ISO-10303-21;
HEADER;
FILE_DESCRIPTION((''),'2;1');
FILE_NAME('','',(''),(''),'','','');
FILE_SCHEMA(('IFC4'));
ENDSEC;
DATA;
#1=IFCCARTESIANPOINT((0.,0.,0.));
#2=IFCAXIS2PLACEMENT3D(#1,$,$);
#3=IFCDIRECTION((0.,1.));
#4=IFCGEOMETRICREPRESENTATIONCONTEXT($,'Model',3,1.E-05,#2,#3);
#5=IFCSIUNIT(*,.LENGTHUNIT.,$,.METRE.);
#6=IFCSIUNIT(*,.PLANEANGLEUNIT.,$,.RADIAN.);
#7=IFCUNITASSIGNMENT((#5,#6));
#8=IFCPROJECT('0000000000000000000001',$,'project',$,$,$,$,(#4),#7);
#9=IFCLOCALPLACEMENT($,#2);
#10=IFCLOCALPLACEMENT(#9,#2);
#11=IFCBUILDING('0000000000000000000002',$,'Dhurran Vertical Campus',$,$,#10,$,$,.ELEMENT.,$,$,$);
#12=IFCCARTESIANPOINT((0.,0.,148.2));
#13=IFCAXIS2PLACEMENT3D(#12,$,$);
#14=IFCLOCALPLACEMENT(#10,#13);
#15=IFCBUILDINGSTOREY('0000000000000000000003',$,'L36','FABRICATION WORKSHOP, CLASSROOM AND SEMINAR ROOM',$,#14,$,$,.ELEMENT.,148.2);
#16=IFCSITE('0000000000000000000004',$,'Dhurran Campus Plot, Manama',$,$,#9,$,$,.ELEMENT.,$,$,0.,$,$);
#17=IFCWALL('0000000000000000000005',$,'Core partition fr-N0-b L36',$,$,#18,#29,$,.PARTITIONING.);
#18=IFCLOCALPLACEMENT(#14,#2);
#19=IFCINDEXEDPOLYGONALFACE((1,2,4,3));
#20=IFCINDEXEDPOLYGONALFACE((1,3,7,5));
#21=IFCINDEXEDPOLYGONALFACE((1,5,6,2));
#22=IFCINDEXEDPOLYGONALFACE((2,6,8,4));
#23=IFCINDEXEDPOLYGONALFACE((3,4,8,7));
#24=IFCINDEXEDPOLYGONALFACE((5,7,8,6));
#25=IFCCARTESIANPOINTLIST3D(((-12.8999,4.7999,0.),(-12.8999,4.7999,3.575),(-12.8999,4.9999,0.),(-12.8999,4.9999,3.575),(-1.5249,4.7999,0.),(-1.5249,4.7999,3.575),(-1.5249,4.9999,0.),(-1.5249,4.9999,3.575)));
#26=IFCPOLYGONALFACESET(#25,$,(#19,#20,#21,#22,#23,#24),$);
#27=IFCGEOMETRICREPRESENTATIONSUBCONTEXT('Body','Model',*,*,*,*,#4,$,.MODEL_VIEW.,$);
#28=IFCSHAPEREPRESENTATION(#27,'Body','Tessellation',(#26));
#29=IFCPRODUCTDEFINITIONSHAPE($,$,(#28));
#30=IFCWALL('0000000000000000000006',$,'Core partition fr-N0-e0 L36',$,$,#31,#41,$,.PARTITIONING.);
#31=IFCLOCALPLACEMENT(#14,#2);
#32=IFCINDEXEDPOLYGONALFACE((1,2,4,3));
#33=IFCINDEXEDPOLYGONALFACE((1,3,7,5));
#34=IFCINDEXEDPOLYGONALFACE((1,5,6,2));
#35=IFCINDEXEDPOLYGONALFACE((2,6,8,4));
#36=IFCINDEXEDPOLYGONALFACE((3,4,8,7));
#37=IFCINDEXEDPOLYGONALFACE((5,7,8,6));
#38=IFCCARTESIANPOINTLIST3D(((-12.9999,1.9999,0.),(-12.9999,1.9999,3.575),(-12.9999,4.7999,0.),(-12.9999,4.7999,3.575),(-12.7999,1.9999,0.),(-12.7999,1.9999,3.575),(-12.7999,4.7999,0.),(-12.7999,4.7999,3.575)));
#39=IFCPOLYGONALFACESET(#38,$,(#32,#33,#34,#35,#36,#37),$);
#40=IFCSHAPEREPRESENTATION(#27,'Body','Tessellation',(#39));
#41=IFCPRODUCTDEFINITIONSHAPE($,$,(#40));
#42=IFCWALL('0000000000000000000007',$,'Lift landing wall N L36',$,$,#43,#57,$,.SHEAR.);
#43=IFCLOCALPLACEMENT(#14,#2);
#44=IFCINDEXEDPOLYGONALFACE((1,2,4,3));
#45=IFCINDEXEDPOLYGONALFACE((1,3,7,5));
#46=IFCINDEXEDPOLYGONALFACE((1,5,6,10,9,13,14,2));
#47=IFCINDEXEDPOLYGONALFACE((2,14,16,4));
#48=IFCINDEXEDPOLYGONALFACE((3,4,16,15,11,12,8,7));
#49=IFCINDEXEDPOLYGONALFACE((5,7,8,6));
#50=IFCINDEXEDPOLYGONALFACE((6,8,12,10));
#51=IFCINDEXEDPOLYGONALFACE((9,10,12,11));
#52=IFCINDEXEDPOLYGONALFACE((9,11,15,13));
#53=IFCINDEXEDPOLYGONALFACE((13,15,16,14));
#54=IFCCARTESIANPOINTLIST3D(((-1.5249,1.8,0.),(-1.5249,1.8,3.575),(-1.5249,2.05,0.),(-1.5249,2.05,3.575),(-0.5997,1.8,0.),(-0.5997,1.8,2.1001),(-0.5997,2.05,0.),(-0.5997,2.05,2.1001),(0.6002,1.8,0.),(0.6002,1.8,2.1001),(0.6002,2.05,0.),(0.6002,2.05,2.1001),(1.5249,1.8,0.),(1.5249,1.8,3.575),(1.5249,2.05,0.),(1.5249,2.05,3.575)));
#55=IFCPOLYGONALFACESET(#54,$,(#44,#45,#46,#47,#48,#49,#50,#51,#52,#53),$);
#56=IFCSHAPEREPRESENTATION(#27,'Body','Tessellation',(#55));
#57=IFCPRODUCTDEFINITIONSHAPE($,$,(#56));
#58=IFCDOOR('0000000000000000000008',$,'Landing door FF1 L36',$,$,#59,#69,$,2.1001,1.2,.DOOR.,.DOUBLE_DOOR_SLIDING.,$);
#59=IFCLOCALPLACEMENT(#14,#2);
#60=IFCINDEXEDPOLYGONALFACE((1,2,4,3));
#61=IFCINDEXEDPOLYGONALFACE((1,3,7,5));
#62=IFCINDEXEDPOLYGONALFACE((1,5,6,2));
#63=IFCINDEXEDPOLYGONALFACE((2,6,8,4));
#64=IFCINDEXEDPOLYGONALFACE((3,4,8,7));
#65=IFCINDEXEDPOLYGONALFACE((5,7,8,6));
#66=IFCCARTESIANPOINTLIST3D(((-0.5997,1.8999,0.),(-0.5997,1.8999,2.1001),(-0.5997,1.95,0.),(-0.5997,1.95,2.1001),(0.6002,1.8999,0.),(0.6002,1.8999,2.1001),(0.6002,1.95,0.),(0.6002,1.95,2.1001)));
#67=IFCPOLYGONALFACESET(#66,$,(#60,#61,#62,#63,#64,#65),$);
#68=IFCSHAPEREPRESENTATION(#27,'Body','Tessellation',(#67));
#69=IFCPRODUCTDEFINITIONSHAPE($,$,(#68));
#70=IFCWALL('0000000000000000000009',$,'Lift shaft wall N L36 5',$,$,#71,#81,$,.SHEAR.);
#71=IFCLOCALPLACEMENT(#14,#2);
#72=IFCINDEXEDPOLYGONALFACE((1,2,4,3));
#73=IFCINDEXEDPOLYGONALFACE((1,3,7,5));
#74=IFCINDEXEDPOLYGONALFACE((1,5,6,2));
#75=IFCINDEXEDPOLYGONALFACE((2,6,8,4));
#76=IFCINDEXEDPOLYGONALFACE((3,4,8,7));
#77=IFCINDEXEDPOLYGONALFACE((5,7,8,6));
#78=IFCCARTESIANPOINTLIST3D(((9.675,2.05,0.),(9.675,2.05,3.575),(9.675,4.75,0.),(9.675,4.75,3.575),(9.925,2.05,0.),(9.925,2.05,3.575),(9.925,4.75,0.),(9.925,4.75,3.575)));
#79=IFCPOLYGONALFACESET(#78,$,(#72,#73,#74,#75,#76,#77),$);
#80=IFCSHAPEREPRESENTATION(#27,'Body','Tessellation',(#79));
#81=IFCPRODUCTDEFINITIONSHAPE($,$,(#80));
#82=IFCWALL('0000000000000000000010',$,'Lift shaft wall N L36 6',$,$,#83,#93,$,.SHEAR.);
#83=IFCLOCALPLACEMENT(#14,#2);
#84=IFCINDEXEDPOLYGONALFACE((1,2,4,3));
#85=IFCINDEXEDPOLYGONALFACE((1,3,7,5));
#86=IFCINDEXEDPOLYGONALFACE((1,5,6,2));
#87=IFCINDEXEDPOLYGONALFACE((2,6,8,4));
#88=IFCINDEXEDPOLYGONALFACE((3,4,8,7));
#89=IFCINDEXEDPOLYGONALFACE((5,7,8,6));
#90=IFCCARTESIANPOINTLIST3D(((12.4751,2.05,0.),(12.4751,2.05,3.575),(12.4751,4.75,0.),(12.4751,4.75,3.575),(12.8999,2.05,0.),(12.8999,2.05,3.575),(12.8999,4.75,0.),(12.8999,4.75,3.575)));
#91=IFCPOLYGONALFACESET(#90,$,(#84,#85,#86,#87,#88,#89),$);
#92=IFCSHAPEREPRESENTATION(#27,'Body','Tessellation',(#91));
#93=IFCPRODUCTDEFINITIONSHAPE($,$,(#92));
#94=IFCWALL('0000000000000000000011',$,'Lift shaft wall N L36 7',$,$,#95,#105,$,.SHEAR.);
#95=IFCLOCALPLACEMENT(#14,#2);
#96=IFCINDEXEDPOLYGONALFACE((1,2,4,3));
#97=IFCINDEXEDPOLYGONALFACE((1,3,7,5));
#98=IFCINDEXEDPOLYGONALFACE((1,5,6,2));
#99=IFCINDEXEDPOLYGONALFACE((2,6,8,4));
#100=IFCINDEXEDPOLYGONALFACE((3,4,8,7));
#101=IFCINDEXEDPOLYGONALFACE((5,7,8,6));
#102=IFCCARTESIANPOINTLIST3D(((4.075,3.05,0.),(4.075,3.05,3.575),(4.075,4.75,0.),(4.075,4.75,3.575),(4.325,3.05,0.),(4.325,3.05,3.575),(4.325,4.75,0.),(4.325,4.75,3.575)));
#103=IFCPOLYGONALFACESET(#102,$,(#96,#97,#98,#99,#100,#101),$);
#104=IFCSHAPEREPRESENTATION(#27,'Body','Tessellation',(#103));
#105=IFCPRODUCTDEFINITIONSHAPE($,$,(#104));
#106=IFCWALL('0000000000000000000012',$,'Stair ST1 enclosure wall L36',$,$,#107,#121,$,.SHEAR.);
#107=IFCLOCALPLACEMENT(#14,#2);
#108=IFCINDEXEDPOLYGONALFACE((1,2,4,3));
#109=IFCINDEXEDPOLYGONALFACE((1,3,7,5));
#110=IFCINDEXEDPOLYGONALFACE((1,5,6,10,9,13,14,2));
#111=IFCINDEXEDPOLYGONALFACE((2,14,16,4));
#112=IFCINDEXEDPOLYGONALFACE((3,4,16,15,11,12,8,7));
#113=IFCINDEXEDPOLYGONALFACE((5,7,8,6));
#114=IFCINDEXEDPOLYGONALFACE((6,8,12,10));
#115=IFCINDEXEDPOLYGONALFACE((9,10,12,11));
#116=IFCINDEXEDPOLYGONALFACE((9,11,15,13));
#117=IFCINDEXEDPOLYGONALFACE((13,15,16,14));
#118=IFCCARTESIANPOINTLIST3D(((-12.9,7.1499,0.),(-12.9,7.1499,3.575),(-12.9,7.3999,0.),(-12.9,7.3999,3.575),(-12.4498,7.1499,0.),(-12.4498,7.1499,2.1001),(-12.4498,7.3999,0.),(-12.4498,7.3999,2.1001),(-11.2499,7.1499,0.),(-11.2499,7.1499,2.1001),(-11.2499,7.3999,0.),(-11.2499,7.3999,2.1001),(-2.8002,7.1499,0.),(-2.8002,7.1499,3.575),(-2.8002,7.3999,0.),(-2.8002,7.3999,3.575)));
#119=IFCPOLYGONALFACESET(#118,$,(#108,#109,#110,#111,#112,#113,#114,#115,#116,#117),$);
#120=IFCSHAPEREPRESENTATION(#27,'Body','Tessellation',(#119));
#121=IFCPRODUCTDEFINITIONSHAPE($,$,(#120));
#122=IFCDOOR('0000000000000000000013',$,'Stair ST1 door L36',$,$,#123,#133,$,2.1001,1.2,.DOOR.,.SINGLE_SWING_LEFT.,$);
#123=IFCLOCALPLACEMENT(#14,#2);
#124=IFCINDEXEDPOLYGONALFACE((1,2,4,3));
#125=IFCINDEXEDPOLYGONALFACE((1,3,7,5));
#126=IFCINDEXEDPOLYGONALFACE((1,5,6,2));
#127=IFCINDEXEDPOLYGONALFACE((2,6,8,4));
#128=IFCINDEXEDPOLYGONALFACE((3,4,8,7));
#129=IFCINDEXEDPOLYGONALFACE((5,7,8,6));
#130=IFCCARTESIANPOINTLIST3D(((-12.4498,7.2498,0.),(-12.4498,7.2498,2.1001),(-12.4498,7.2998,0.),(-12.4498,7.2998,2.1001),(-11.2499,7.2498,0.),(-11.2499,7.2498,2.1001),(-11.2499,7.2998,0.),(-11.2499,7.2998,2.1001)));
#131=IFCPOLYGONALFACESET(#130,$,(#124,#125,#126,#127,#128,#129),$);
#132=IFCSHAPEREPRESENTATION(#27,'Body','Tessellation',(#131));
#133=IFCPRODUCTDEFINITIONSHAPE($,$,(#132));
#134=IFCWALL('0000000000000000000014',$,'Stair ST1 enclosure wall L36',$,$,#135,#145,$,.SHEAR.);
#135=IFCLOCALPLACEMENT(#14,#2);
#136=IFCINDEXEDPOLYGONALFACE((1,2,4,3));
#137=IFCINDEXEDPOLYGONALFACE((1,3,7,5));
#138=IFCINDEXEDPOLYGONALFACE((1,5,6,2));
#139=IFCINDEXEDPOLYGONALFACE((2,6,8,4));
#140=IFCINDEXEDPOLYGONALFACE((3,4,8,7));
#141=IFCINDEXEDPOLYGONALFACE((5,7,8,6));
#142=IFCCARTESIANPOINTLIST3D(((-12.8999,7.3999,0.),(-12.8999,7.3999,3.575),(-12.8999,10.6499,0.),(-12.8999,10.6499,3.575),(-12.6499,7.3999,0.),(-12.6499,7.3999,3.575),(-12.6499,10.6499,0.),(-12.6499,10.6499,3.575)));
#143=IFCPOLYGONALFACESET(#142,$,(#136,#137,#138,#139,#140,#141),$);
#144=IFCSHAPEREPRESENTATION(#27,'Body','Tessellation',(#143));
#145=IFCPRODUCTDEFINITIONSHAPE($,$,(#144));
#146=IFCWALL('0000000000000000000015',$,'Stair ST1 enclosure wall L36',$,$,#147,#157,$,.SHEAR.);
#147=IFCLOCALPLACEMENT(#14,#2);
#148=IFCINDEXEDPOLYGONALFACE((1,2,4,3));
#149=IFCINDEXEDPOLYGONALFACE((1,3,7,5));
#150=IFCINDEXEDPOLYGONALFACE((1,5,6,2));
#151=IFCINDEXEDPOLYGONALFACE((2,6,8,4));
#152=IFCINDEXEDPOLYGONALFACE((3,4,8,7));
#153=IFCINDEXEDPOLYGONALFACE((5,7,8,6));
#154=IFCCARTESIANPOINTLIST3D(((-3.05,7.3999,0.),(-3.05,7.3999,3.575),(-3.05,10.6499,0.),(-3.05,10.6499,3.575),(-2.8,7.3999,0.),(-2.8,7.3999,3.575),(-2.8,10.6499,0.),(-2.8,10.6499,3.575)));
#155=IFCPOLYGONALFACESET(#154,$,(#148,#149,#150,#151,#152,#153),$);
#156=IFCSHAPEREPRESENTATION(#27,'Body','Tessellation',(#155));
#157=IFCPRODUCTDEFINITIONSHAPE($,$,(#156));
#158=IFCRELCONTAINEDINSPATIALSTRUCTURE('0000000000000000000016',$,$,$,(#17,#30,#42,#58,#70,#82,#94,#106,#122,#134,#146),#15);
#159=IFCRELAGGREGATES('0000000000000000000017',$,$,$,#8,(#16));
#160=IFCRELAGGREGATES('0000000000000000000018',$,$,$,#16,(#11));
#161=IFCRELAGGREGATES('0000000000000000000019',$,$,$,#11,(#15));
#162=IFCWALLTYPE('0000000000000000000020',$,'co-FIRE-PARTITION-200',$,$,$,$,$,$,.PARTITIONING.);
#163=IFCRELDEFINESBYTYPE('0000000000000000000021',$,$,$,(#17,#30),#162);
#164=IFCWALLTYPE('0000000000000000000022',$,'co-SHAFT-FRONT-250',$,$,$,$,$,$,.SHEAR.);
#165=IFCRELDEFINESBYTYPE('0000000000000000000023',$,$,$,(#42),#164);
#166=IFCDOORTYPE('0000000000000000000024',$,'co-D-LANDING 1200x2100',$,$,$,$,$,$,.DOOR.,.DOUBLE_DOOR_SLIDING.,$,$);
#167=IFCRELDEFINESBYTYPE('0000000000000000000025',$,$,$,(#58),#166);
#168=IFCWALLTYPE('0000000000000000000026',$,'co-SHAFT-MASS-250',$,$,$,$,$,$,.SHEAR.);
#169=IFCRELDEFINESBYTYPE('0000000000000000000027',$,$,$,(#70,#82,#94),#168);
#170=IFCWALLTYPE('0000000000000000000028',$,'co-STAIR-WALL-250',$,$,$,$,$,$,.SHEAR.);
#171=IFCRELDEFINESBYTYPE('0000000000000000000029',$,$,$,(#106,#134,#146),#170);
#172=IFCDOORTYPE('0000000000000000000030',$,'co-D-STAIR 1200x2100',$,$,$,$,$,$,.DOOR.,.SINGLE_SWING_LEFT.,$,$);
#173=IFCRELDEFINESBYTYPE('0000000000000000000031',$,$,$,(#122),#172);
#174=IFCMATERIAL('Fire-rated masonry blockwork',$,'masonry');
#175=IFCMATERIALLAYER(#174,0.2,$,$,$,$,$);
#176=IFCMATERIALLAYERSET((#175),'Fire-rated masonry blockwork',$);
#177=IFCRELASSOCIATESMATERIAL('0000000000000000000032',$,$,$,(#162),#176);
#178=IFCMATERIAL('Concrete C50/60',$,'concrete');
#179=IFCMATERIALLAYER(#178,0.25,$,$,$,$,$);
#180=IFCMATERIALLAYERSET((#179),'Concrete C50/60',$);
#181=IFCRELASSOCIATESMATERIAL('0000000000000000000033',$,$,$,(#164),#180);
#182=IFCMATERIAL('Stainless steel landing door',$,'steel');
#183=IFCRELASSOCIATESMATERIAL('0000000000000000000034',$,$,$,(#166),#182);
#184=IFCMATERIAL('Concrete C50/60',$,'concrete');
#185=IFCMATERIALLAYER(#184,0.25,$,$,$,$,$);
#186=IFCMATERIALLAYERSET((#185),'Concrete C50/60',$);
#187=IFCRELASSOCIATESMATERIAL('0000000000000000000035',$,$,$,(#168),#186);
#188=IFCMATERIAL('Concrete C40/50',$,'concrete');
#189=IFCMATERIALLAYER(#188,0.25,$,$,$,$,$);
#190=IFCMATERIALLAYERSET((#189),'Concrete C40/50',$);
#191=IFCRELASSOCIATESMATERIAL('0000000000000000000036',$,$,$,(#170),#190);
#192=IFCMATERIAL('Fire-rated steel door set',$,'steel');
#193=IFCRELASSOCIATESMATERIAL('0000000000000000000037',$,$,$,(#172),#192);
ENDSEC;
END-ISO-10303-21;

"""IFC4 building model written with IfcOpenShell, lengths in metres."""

from ifc_helpers import new_model, si_unit, direction, frame, frame_2d, origin, place, context, subcontext, project, spatial, polyline, rectangle, outline, extrude, material, layer, layer_set, type_object, element, fill, save


model = new_model("IFC4")

# Units and contexts
model_context = context("Model", 3, precision=1e-05, world=origin(), true_north=direction((0.0, 1.0)))
body_context = subcontext(model_context, "Body", "Model", "MODEL_VIEW")
ifc_project = project(units=[si_unit("LENGTHUNIT", "METRE"), si_unit("PLANEANGLEUNIT", "RADIAN")], contexts=[model_context])

# Site, building, storey
site_placement = place(None, origin())
site = spatial("IfcSite", under=ifc_project, at=site_placement, Name="Dhurran Campus Plot, Manama", CompositionType="ELEMENT", RefElevation=0.0)
building_placement = place(site_placement, origin())
building = spatial("IfcBuilding", under=site, at=building_placement, Name="Dhurran Vertical Campus", CompositionType="ELEMENT")
storey_placement = place(building_placement, frame((0.0, 0.0, 148.2)))
storey = spatial("IfcBuildingStorey", under=building, at=storey_placement, Name="L36", Description="FABRICATION WORKSHOP, CLASSROOM AND SEMINAR ROOM", CompositionType="ELEMENT", Elevation=148.2)

# Shared definitions
ifc_material_1 = material(Name="Fire-rated masonry blockwork", Category="masonry")
ifc_layer_1 = layer(ifc_material_1, 0.2)
ifc_layer_set_1 = layer_set([ifc_layer_1], Name="Fire-rated masonry blockwork")
wall_type_1 = type_object("IfcWallType", Name="co-FIRE-PARTITION-200", PredefinedType="PARTITIONING", material=ifc_layer_set_1)

# Walls
wall_1_placement = place(storey_placement, frame((-12.8999, 4.8999, 0.0), z_axis=(0.0, 0.0, 1.0), x_axis=(1.0, 0.0, 0.0)))
element("IfcWall", 1, at=wall_1_placement, inside=storey, type_object=wall_type_1, Name="Core partition fr-N0-b L36", PredefinedType="PARTITIONING", context=body_context, shape_type="SweptSolid", body=[
    extrude(rectangle(XDim=11.375, YDim=0.2, at=frame_2d((5.6875, 0.0))), origin(), (0.0, 0.0, 1.0), 3.575),
])
wall_2_placement = place(storey_placement, frame((-12.8999, 2.0, 0.0), z_axis=(0.0, 0.0, 1.0), x_axis=(0.0, 1.0, 0.0)))
element("IfcWall", 2, at=wall_2_placement, inside=storey, type_object=wall_type_1, Name="Core partition fr-N0-e0 L36", PredefinedType="PARTITIONING", context=body_context, shape_type="SweptSolid", body=[
    extrude(rectangle(XDim=2.8, YDim=0.2, at=frame_2d((1.3999, 0.0))), origin(), (0.0, 0.0, 1.0), 3.575),
])

# Wall, opening, door
ifc_material_2 = material(Name="Concrete C50/60", Category="concrete")
ifc_layer_2 = layer(ifc_material_2, 0.25)
ifc_layer_set_2 = layer_set([ifc_layer_2], Name="Concrete C50/60")
wall_type_2 = type_object("IfcWallType", Name="co-SHAFT-FRONT-250", PredefinedType="SHEAR", material=ifc_layer_set_2)
wall_3_placement = place(storey_placement, frame((-1.5249, 1.925, 0.0), z_axis=(0.0, 0.0, 1.0), x_axis=(1.0, 0.0, 0.0)))
wall_3 = element("IfcWall", 3, at=wall_3_placement, inside=storey, type_object=wall_type_2, Name="Lift landing wall N L36", PredefinedType="SHEAR", context=body_context, shape_type="SweptSolid", body=[
    extrude(rectangle(XDim=3.0498, YDim=0.25, at=frame_2d((1.5249, 0.0))), origin(), (0.0, 0.0, 1.0), 3.575),
])
opening_1_placement = place(wall_3_placement, frame((0.925, 0.0, 0.0)))
opening_1 = element("IfcOpeningElement", 4, at=opening_1_placement, cuts=wall_3, PredefinedType="OPENING", context=body_context, shape_type="SweptSolid", body=[
    extrude(rectangle(XDim=1.2, YDim=2.1001, at=frame_2d((0.6001, 1.05))), frame((0.0, 0.135, 0.0), z_axis=(0.0, -1.0, 0.0), x_axis=(1.0, 0.0, 0.0)), (0.0, 0.0, 1.0), 0.27),
])
ifc_material_3 = material(Name="Stainless steel landing door", Category="steel")
door_type_1 = type_object("IfcDoorType", Name="co-D-LANDING 1200x2100", OperationType="DOUBLE_DOOR_SLIDING", PredefinedType="DOOR", material=ifc_material_3)
door_1_placement = place(opening_1_placement, origin())
door_1 = element("IfcDoor", 5, at=door_1_placement, inside=storey, type_object=door_type_1, Name="Landing door FF1 L36", OperationType="DOUBLE_DOOR_SLIDING", OverallHeight=2.1001, OverallWidth=1.2, PredefinedType="DOOR", context=body_context, shape_type="SweptSolid", body=[
    extrude(rectangle(XDim=1.2, YDim=2.1001, at=frame_2d((0.6001, 1.05))), frame((0.0, 0.0249, 0.0), z_axis=(0.0, -1.0, 0.0), x_axis=(1.0, 0.0, 0.0)), (0.0, 0.0, 1.0), 0.05),
])
fill(opening_1, door_1)

# Walls
ifc_material_4 = material(Name="Concrete C50/60", Category="concrete")
ifc_layer_3 = layer(ifc_material_4, 0.25)
ifc_layer_set_3 = layer_set([ifc_layer_3], Name="Concrete C50/60")
wall_type_3 = type_object("IfcWallType", Name="co-SHAFT-MASS-250", PredefinedType="SHEAR", material=ifc_layer_set_3)
wall_4_placement = place(storey_placement, origin())
element("IfcWall", 6, at=wall_4_placement, inside=storey, type_object=wall_type_3, Name="Lift shaft wall N L36 5", PredefinedType="SHEAR", context=body_context, shape_type="SweptSolid", body=[
    extrude(outline(polyline([(9.675, 2.05), (9.925, 2.05), (9.925, 4.75), (9.675, 4.75), (9.675, 2.05)])), origin(), (0.0, 0.0, 1.0), 3.575),
])
wall_5_placement = place(storey_placement, origin())
element("IfcWall", 7, at=wall_5_placement, inside=storey, type_object=wall_type_3, Name="Lift shaft wall N L36 6", PredefinedType="SHEAR", context=body_context, shape_type="SweptSolid", body=[
    extrude(outline(polyline([(12.4751, 2.05), (12.8999, 2.05), (12.8999, 4.75), (12.4751, 4.75), (12.4751, 2.05)])), origin(), (0.0, 0.0, 1.0), 3.575),
])
wall_6_placement = place(storey_placement, origin())
element("IfcWall", 8, at=wall_6_placement, inside=storey, type_object=wall_type_3, Name="Lift shaft wall N L36 7", PredefinedType="SHEAR", context=body_context, shape_type="SweptSolid", body=[
    extrude(outline(polyline([(4.075, 3.05), (4.325, 3.05), (4.325, 4.75), (4.075, 4.75), (4.075, 3.05)])), origin(), (0.0, 0.0, 1.0), 3.575),
])

# Wall, opening, door
ifc_material_5 = material(Name="Concrete C40/50", Category="concrete")
ifc_layer_4 = layer(ifc_material_5, 0.25)
ifc_layer_set_4 = layer_set([ifc_layer_4], Name="Concrete C40/50")
wall_type_4 = type_object("IfcWallType", Name="co-STAIR-WALL-250", PredefinedType="SHEAR", material=ifc_layer_set_4)
wall_7_placement = place(storey_placement, frame((-12.8999, 7.2749, 0.0), z_axis=(0.0, 0.0, 1.0), x_axis=(1.0, 0.0, 0.0)))
wall_7 = element("IfcWall", 9, at=wall_7_placement, inside=storey, type_object=wall_type_4, Name="Stair ST1 enclosure wall L36", PredefinedType="SHEAR", context=body_context, shape_type="SweptSolid", body=[
    extrude(rectangle(XDim=10.0999, YDim=0.25, at=frame_2d((5.0498, 0.0))), origin(), (0.0, 0.0, 1.0), 3.575),
])
opening_2_placement = place(wall_7_placement, frame((0.45, 0.0, 0.0)))
opening_2 = element("IfcOpeningElement", 10, at=opening_2_placement, cuts=wall_7, PredefinedType="OPENING", context=body_context, shape_type="SweptSolid", body=[
    extrude(rectangle(XDim=1.2, YDim=2.1001, at=frame_2d((0.6001, 1.05))), frame((0.0, 0.135, 0.0), z_axis=(0.0, -1.0, 0.0), x_axis=(1.0, 0.0, 0.0)), (0.0, 0.0, 1.0), 0.27),
])
ifc_material_6 = material(Name="Fire-rated steel door set", Category="steel")
door_type_2 = type_object("IfcDoorType", Name="co-D-STAIR 1200x2100", OperationType="SINGLE_SWING_LEFT", PredefinedType="DOOR", material=ifc_material_6)
door_2_placement = place(opening_2_placement, origin())
door_2 = element("IfcDoor", 11, at=door_2_placement, inside=storey, type_object=door_type_2, Name="Stair ST1 door L36", OperationType="SINGLE_SWING_LEFT", OverallHeight=2.1001, OverallWidth=1.2, PredefinedType="DOOR", context=body_context, shape_type="SweptSolid", body=[
    extrude(rectangle(XDim=1.2, YDim=2.1001, at=frame_2d((0.6001, 1.05))), frame((0.0, 0.0249, 0.0), z_axis=(0.0, -1.0, 0.0), x_axis=(1.0, 0.0, 0.0)), (0.0, 0.0, 1.0), 0.05),
])
fill(opening_2, door_2)

# Walls
for number, where, z_axis, x_axis, name in (
    (12, (-12.7749, 7.3999, 0.0), (0.0, 0.0, 1.0), (0.0, 1.0, 0.0), "Stair ST1 enclosure wall L36"),
    (13, (-2.925, 7.3999, 0.0), (0.0, 0.0, 1.0), (0.0, 1.0, 0.0), "Stair ST1 enclosure wall L36"),
):
    element("IfcWall", number, at=place(storey_placement, frame(where, z_axis=z_axis, x_axis=x_axis)), inside=storey, type_object=wall_type_4, Name=name, PredefinedType="SHEAR", context=body_context, shape_type="SweptSolid", body=[
        extrude(rectangle(XDim=3.25, YDim=0.25, at=frame_2d((1.625, 0.0))), origin(), (0.0, 0.0, 1.0), 3.575),
    ])

save(model, "model.ifc")
